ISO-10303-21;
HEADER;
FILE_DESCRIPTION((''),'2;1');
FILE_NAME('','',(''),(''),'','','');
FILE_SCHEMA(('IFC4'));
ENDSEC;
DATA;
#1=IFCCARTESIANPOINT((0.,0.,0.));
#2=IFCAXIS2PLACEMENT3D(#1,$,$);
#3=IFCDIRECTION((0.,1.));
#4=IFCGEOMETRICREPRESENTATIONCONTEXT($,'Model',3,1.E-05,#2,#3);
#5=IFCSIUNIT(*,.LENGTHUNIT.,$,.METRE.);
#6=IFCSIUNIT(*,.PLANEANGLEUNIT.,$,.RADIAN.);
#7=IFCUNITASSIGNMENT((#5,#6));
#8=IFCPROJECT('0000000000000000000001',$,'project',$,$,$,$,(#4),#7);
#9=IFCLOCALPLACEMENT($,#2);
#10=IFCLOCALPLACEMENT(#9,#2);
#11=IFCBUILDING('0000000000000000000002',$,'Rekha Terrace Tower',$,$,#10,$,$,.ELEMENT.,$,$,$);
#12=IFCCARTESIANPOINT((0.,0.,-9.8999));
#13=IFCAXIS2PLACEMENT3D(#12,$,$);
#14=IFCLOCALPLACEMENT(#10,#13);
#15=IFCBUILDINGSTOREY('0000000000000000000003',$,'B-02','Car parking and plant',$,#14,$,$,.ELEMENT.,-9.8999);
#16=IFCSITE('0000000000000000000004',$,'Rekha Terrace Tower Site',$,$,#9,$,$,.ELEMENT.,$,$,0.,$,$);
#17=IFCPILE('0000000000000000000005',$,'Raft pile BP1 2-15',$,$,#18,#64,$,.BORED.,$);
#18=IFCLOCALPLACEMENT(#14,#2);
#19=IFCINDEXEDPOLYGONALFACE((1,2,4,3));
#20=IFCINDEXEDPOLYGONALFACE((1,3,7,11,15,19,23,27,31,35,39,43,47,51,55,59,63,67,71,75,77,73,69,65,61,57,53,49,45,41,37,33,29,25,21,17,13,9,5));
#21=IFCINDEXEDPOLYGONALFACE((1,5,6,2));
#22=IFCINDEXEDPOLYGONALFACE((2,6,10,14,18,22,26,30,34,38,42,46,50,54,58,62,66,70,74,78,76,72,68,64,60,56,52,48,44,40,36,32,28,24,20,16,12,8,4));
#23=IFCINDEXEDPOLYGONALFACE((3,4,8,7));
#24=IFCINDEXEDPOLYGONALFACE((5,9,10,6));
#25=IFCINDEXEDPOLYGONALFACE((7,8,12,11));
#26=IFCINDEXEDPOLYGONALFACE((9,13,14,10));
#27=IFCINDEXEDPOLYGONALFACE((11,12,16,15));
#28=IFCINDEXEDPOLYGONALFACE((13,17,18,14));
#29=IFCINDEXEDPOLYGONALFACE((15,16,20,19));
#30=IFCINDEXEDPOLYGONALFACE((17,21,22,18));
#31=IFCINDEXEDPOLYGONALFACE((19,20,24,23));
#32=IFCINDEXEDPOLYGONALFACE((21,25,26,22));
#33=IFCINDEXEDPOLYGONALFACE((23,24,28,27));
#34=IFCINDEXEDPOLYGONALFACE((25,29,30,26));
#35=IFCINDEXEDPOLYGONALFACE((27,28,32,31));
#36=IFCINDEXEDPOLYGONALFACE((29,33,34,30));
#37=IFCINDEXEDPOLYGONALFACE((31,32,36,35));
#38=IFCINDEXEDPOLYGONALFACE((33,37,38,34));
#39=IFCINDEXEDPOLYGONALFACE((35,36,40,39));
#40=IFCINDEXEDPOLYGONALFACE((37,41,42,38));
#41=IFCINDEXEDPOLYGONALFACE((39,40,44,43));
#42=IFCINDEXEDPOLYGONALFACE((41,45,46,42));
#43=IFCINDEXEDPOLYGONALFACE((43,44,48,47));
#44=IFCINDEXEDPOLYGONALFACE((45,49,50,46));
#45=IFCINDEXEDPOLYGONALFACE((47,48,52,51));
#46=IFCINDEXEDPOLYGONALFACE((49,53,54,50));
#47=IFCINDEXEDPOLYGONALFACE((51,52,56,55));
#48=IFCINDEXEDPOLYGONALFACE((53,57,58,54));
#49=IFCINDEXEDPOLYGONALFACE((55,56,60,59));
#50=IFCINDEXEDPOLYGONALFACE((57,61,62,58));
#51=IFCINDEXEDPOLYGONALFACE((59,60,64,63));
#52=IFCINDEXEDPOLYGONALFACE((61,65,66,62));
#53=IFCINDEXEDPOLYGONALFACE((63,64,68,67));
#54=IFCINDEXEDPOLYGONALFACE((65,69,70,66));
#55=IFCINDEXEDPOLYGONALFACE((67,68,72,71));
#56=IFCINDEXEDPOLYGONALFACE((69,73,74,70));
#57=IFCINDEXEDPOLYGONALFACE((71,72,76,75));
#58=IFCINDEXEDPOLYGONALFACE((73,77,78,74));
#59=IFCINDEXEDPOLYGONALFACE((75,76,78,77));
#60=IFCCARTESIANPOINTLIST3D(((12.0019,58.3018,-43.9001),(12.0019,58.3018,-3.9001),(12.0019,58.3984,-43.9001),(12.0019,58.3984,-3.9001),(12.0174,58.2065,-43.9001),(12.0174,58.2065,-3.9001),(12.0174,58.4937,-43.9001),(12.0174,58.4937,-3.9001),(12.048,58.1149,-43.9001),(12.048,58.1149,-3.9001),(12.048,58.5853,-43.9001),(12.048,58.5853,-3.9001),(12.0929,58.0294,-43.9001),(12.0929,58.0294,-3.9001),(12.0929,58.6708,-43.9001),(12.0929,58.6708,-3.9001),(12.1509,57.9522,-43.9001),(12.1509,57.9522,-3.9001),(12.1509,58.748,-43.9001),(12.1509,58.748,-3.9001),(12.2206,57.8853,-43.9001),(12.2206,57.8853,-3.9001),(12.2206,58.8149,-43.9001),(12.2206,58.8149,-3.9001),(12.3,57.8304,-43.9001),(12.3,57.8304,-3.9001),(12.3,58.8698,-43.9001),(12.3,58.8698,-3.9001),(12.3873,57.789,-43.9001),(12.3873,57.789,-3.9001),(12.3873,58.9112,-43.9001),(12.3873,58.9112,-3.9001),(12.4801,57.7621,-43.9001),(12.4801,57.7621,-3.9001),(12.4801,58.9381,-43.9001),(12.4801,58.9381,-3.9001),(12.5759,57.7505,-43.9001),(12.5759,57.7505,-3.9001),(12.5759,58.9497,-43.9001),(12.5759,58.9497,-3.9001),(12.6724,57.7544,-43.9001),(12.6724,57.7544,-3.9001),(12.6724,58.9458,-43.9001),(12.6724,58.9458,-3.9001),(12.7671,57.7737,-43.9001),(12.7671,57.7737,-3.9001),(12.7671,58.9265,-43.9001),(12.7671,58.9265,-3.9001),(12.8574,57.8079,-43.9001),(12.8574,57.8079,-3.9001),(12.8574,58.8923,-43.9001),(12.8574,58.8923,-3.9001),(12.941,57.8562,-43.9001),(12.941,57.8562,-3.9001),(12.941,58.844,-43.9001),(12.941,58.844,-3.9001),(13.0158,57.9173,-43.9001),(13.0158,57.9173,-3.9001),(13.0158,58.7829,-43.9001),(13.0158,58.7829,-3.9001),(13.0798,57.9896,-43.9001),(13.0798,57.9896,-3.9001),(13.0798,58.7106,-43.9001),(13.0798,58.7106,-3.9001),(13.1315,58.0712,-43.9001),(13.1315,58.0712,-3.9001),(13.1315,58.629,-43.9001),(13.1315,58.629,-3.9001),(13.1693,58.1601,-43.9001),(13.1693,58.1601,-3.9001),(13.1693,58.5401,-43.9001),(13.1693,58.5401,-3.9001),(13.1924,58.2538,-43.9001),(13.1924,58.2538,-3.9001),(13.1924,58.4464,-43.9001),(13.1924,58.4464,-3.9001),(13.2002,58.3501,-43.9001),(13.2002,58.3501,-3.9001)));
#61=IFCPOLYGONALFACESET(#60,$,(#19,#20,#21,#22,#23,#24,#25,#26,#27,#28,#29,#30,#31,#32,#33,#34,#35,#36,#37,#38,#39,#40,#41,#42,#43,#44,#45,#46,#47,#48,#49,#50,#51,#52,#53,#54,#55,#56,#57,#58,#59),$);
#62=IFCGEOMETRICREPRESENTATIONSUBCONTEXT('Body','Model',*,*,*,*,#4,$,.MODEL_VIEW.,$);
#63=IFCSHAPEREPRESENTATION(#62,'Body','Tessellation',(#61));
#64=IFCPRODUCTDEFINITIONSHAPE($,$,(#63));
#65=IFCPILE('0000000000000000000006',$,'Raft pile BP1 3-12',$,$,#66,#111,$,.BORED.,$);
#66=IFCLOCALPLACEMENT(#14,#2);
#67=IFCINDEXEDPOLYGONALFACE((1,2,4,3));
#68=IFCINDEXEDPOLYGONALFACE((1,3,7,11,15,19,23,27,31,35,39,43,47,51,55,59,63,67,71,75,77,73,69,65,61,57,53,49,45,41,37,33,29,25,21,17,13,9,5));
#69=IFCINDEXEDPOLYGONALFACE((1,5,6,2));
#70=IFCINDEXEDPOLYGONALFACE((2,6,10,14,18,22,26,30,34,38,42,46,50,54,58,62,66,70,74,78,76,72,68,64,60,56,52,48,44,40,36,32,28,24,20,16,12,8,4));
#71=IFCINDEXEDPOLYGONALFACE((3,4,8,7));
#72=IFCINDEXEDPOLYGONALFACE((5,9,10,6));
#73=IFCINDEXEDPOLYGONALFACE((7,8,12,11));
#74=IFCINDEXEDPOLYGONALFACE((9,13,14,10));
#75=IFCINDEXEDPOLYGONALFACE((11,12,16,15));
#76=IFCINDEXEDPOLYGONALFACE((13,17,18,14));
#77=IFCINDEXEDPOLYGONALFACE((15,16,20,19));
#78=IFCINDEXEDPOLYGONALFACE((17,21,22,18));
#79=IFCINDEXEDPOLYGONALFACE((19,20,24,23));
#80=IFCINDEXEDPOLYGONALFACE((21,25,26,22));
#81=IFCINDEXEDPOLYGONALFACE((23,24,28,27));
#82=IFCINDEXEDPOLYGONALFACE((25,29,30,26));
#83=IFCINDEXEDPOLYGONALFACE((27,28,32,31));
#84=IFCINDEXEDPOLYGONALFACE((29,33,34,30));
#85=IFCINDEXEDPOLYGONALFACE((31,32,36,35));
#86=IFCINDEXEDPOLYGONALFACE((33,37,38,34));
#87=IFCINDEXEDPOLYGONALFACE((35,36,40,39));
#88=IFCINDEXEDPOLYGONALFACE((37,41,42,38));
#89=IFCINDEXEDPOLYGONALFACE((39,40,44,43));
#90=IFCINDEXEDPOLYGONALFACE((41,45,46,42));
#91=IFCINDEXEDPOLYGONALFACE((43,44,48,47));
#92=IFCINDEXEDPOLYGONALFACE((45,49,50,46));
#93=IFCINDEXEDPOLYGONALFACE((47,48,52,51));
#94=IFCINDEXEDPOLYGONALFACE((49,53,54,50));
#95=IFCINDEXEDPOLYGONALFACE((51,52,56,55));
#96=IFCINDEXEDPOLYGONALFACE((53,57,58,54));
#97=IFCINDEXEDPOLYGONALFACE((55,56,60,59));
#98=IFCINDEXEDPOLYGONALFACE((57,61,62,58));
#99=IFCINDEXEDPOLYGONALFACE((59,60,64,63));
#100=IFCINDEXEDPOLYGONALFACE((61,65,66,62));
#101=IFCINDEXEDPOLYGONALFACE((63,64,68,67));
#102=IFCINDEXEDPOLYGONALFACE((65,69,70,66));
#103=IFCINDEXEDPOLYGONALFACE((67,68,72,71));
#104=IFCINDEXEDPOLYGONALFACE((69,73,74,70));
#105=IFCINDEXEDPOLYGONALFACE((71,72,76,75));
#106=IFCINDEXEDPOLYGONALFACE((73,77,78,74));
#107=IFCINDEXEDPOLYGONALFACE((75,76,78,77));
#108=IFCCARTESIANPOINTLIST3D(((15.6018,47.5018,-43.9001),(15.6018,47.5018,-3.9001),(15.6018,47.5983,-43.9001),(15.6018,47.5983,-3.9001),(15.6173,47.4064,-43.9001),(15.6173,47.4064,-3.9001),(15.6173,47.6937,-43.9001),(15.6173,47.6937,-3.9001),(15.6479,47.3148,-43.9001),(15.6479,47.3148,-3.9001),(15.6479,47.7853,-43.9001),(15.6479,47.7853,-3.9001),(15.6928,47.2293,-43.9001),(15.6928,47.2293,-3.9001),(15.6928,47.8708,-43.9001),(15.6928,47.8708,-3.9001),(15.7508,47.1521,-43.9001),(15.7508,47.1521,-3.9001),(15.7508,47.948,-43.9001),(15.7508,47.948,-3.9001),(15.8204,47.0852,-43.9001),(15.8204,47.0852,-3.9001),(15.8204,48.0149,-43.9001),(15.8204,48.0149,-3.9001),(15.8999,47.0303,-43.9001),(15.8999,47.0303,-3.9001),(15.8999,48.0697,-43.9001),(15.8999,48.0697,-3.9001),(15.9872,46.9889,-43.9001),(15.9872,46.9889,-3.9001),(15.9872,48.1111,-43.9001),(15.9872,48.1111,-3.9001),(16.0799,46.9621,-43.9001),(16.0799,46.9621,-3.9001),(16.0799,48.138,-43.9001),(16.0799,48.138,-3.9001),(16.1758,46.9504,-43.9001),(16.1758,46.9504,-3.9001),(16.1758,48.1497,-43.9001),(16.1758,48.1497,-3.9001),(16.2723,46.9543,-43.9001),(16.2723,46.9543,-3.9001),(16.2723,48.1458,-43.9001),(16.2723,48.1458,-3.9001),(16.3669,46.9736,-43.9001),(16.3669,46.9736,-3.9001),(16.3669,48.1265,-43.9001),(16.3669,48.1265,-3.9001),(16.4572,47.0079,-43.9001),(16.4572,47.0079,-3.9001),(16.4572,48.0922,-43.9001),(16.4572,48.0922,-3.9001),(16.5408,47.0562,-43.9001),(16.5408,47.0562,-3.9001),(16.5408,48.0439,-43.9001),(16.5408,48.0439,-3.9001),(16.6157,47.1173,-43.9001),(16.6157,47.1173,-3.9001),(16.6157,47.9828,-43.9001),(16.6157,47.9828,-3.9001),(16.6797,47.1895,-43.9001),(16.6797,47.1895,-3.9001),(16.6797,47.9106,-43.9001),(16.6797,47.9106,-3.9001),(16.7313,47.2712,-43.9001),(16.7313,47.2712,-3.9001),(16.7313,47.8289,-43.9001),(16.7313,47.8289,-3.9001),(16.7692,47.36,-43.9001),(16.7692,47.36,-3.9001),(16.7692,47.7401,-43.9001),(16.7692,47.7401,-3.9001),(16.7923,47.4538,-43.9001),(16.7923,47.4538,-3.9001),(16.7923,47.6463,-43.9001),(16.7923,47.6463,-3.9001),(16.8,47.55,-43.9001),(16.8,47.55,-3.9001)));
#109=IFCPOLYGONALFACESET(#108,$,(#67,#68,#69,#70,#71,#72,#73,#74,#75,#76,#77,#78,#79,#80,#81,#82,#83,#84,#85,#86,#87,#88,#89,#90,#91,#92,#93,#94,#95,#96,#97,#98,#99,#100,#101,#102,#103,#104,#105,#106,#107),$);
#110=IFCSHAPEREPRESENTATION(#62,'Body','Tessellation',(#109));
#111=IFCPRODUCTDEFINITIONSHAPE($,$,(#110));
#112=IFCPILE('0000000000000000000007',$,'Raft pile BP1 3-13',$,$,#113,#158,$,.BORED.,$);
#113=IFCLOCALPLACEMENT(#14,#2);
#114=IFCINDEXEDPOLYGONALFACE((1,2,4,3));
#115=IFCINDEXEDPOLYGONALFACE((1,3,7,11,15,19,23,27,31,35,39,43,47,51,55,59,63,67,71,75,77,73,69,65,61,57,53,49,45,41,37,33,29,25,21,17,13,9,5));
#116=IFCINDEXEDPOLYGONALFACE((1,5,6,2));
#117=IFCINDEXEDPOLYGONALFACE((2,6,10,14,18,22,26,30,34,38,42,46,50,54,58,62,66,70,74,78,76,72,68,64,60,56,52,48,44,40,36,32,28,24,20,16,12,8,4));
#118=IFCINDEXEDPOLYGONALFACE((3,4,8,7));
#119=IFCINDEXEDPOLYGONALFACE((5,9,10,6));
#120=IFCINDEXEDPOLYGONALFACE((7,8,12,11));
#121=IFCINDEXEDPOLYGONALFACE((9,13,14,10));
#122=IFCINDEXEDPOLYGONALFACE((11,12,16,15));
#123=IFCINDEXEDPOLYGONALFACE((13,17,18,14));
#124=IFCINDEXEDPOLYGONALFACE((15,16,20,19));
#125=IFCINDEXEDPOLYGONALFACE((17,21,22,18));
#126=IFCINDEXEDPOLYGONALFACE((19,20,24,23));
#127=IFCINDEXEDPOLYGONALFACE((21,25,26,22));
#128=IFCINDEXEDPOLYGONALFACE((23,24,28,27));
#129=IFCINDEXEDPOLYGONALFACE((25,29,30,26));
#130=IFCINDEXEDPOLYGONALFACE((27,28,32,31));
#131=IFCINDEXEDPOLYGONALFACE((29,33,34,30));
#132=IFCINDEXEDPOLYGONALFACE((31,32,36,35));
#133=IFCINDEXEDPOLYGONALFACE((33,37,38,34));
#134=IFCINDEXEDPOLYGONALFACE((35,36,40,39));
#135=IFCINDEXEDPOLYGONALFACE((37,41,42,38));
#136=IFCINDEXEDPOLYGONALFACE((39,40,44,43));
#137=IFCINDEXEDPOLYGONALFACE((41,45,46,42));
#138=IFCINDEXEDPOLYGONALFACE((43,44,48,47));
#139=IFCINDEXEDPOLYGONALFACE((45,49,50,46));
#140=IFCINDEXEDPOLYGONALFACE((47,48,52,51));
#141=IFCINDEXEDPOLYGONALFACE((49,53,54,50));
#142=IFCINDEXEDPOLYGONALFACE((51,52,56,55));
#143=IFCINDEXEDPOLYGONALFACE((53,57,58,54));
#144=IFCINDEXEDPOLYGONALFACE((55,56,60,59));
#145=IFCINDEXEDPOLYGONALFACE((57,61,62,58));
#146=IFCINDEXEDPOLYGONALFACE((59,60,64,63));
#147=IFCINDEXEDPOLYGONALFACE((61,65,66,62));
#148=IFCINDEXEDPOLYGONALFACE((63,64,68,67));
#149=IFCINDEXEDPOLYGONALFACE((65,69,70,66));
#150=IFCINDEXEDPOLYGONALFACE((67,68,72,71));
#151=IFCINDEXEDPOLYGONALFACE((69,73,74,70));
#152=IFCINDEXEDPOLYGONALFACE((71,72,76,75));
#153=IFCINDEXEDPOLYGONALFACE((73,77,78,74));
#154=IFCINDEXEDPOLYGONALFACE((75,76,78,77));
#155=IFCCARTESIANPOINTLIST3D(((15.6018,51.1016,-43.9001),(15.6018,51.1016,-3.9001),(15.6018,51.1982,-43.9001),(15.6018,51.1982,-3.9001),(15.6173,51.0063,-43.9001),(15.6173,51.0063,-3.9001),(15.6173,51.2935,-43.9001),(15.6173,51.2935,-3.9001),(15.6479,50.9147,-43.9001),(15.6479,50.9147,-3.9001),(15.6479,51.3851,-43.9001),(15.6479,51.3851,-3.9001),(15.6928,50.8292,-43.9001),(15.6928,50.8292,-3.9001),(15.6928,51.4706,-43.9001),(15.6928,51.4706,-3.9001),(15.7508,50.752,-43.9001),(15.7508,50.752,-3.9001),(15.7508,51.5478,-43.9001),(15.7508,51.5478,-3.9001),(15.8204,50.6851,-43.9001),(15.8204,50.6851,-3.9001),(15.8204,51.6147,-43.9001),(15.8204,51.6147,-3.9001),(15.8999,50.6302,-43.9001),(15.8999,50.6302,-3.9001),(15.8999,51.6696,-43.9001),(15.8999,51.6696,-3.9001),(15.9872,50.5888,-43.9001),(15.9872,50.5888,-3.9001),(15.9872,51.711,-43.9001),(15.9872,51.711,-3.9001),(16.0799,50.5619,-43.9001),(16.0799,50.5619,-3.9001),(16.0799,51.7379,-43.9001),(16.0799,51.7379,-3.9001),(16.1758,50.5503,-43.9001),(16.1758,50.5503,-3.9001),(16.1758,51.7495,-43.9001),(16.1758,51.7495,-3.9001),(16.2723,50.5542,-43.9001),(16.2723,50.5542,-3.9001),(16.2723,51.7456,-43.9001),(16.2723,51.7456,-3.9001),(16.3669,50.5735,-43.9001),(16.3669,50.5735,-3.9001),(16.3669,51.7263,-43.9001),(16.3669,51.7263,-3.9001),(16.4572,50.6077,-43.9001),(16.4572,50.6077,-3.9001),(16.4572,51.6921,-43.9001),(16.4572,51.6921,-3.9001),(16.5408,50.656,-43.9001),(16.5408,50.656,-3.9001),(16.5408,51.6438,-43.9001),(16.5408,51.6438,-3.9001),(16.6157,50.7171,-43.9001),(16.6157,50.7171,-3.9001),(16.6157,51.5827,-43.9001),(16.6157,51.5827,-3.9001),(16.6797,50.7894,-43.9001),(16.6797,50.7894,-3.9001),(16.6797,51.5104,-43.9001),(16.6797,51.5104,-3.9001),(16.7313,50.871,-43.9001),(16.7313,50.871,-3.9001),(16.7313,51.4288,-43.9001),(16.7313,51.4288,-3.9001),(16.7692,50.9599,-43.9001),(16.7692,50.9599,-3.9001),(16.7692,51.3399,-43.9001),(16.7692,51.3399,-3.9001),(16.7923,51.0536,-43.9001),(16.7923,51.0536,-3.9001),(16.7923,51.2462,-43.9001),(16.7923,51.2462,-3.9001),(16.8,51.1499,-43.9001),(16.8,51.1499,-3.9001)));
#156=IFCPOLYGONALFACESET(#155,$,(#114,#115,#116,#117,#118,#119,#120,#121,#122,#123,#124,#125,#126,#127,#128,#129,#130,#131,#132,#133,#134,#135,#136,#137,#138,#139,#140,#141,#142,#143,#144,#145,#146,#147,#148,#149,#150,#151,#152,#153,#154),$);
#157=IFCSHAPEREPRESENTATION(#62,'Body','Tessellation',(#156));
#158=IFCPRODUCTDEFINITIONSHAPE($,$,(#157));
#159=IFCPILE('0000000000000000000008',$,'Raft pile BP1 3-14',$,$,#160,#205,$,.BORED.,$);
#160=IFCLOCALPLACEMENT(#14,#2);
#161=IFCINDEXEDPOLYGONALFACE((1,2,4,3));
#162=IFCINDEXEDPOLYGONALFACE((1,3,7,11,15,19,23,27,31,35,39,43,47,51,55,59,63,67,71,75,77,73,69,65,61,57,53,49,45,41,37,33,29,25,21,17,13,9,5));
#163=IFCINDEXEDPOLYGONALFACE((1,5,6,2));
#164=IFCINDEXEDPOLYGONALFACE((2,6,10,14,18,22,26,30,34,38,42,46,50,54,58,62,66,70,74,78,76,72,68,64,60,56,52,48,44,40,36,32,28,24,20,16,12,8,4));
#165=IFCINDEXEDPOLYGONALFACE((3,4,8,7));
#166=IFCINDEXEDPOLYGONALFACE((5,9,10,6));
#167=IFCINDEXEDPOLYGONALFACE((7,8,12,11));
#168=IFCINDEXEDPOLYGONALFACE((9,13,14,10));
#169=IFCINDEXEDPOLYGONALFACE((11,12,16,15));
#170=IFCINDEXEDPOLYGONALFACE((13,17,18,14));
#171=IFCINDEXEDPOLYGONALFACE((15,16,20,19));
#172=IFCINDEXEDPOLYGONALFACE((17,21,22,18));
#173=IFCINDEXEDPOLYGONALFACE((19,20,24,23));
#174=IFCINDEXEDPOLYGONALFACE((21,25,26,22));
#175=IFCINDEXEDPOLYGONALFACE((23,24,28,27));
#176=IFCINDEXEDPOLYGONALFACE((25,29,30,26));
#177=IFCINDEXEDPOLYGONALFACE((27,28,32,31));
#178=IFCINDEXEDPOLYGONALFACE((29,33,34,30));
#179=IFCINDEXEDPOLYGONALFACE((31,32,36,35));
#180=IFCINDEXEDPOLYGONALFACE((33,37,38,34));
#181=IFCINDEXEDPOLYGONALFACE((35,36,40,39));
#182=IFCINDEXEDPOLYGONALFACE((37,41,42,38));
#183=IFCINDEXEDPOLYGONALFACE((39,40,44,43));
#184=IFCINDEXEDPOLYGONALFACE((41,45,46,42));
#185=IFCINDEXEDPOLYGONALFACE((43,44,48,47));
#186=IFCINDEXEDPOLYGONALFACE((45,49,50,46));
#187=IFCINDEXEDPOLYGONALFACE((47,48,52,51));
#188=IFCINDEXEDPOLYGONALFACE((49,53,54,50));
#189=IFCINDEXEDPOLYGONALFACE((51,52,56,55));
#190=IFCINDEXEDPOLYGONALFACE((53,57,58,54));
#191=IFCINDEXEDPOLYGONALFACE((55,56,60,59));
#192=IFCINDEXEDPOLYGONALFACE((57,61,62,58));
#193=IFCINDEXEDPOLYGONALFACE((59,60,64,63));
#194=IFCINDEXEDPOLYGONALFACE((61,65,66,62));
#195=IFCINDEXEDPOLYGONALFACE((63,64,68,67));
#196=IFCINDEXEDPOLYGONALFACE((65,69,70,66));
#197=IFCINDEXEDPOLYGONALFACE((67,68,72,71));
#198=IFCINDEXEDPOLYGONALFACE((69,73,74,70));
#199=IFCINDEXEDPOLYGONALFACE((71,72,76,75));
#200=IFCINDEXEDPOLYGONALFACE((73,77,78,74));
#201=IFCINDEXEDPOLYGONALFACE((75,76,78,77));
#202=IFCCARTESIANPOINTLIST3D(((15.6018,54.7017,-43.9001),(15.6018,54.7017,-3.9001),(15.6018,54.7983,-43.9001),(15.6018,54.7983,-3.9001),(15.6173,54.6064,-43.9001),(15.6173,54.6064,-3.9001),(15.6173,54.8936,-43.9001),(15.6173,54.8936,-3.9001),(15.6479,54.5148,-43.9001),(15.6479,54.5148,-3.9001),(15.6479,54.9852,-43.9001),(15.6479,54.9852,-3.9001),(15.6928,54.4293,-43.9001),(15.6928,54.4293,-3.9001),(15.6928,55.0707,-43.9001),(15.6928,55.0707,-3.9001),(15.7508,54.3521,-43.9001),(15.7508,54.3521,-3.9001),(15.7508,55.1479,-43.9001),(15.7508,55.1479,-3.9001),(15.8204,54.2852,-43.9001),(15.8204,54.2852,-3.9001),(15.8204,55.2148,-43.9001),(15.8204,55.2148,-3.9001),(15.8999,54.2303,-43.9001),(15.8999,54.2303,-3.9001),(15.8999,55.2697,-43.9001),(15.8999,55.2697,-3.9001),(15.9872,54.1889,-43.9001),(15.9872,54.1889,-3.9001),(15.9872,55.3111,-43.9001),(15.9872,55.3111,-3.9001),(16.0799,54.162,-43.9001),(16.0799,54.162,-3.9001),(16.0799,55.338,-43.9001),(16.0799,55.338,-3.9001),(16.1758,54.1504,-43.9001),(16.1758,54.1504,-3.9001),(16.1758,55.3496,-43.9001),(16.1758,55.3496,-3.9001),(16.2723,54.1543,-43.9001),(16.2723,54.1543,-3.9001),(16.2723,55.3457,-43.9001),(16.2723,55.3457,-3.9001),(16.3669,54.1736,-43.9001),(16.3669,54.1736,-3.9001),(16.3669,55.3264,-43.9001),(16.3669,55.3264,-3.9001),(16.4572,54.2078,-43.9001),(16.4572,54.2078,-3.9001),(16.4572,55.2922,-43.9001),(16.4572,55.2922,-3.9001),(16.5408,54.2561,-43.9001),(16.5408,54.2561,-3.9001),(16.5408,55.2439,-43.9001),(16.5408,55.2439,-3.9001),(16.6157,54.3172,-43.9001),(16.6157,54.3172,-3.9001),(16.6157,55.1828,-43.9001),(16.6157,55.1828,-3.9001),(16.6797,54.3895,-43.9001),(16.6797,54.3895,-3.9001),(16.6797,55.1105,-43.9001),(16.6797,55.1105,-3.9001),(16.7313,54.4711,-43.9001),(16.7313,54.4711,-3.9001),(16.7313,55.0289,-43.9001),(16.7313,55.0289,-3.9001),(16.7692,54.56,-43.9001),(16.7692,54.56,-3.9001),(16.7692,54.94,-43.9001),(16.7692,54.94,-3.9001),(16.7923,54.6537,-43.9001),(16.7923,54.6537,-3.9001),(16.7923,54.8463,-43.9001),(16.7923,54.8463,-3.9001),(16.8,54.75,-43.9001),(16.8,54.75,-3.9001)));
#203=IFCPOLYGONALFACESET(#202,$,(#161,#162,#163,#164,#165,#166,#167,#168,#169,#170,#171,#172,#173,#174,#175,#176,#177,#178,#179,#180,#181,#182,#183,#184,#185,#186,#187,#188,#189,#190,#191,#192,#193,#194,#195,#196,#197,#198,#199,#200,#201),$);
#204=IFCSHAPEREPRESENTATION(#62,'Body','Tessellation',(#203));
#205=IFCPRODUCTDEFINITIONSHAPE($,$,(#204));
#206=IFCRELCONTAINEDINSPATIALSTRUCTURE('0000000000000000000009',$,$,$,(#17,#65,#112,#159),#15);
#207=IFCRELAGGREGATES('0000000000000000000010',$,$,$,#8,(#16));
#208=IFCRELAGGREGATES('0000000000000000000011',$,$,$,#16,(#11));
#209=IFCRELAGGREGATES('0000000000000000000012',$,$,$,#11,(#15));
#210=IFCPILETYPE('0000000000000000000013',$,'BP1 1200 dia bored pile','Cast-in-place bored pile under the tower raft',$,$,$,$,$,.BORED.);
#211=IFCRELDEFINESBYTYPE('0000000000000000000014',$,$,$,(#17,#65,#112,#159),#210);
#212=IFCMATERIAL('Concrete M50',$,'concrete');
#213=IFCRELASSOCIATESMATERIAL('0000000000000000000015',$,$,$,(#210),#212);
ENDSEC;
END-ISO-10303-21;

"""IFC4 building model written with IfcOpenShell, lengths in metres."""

from ifc_helpers import new_model, si_unit, direction, frame, origin, origin_2d, place, context, subcontext, project, spatial, circle, extrude, material, type_object, element, save


model = new_model("IFC4")

# Units and contexts
model_context = context("Model", 3, precision=1e-05, world=origin(), true_north=direction((0.0, 1.0)))
body_context = subcontext(model_context, "Body", "Model", "MODEL_VIEW")
ifc_project = project(units=[si_unit("LENGTHUNIT", "METRE"), si_unit("PLANEANGLEUNIT", "RADIAN")], contexts=[model_context])

# Site, building, storey
site_placement = place(None, origin())
site = spatial("IfcSite", under=ifc_project, at=site_placement, Name="Rekha Terrace Tower Site", CompositionType="ELEMENT", RefElevation=0.0)
building_placement = place(site_placement, origin())
building = spatial("IfcBuilding", under=site, at=building_placement, Name="Rekha Terrace Tower", CompositionType="ELEMENT")
storey_placement = place(building_placement, frame((0.0, 0.0, -9.8999)))
storey = spatial("IfcBuildingStorey", under=building, at=storey_placement, Name="B-02", Description="Car parking and plant", CompositionType="ELEMENT", Elevation=-9.8999)

# Piles
ifc_material_1 = material(Name="Concrete M50", Category="concrete")
pile_type = type_object("IfcPileType", Name="BP1 1200 dia bored pile", Description="Cast-in-place bored pile under the tower raft", PredefinedType="BORED", material=ifc_material_1)
for number, where, z_axis, x_axis, name in (
    (1, (12.6001, 58.3501, -3.9001), (0.0, 0.0, -1.0), (1.0, 0.0, 0.0), "Raft pile BP1 2-15"),
    (2, (16.2, 47.55, -3.9001), (0.0, 0.0, -1.0), (1.0, 0.0, 0.0), "Raft pile BP1 3-12"),
    (3, (16.2, 51.1499, -3.9001), (0.0, 0.0, -1.0), (1.0, 0.0, 0.0), "Raft pile BP1 3-13"),
    (4, (16.2, 54.75, -3.9001), (0.0, 0.0, -1.0), (1.0, 0.0, 0.0), "Raft pile BP1 3-14"),
):
    element("IfcPile", number, at=place(storey_placement, frame(where, z_axis=z_axis, x_axis=x_axis)), inside=storey, type_object=pile_type, Name=name, PredefinedType="BORED", context=body_context, shape_type="SweptSolid", body=[
        extrude(circle(Radius=0.6001, at=origin_2d()), origin(), (0.0, 0.0, 1.0), 40.0),
    ])

save(model, "model.ifc")
